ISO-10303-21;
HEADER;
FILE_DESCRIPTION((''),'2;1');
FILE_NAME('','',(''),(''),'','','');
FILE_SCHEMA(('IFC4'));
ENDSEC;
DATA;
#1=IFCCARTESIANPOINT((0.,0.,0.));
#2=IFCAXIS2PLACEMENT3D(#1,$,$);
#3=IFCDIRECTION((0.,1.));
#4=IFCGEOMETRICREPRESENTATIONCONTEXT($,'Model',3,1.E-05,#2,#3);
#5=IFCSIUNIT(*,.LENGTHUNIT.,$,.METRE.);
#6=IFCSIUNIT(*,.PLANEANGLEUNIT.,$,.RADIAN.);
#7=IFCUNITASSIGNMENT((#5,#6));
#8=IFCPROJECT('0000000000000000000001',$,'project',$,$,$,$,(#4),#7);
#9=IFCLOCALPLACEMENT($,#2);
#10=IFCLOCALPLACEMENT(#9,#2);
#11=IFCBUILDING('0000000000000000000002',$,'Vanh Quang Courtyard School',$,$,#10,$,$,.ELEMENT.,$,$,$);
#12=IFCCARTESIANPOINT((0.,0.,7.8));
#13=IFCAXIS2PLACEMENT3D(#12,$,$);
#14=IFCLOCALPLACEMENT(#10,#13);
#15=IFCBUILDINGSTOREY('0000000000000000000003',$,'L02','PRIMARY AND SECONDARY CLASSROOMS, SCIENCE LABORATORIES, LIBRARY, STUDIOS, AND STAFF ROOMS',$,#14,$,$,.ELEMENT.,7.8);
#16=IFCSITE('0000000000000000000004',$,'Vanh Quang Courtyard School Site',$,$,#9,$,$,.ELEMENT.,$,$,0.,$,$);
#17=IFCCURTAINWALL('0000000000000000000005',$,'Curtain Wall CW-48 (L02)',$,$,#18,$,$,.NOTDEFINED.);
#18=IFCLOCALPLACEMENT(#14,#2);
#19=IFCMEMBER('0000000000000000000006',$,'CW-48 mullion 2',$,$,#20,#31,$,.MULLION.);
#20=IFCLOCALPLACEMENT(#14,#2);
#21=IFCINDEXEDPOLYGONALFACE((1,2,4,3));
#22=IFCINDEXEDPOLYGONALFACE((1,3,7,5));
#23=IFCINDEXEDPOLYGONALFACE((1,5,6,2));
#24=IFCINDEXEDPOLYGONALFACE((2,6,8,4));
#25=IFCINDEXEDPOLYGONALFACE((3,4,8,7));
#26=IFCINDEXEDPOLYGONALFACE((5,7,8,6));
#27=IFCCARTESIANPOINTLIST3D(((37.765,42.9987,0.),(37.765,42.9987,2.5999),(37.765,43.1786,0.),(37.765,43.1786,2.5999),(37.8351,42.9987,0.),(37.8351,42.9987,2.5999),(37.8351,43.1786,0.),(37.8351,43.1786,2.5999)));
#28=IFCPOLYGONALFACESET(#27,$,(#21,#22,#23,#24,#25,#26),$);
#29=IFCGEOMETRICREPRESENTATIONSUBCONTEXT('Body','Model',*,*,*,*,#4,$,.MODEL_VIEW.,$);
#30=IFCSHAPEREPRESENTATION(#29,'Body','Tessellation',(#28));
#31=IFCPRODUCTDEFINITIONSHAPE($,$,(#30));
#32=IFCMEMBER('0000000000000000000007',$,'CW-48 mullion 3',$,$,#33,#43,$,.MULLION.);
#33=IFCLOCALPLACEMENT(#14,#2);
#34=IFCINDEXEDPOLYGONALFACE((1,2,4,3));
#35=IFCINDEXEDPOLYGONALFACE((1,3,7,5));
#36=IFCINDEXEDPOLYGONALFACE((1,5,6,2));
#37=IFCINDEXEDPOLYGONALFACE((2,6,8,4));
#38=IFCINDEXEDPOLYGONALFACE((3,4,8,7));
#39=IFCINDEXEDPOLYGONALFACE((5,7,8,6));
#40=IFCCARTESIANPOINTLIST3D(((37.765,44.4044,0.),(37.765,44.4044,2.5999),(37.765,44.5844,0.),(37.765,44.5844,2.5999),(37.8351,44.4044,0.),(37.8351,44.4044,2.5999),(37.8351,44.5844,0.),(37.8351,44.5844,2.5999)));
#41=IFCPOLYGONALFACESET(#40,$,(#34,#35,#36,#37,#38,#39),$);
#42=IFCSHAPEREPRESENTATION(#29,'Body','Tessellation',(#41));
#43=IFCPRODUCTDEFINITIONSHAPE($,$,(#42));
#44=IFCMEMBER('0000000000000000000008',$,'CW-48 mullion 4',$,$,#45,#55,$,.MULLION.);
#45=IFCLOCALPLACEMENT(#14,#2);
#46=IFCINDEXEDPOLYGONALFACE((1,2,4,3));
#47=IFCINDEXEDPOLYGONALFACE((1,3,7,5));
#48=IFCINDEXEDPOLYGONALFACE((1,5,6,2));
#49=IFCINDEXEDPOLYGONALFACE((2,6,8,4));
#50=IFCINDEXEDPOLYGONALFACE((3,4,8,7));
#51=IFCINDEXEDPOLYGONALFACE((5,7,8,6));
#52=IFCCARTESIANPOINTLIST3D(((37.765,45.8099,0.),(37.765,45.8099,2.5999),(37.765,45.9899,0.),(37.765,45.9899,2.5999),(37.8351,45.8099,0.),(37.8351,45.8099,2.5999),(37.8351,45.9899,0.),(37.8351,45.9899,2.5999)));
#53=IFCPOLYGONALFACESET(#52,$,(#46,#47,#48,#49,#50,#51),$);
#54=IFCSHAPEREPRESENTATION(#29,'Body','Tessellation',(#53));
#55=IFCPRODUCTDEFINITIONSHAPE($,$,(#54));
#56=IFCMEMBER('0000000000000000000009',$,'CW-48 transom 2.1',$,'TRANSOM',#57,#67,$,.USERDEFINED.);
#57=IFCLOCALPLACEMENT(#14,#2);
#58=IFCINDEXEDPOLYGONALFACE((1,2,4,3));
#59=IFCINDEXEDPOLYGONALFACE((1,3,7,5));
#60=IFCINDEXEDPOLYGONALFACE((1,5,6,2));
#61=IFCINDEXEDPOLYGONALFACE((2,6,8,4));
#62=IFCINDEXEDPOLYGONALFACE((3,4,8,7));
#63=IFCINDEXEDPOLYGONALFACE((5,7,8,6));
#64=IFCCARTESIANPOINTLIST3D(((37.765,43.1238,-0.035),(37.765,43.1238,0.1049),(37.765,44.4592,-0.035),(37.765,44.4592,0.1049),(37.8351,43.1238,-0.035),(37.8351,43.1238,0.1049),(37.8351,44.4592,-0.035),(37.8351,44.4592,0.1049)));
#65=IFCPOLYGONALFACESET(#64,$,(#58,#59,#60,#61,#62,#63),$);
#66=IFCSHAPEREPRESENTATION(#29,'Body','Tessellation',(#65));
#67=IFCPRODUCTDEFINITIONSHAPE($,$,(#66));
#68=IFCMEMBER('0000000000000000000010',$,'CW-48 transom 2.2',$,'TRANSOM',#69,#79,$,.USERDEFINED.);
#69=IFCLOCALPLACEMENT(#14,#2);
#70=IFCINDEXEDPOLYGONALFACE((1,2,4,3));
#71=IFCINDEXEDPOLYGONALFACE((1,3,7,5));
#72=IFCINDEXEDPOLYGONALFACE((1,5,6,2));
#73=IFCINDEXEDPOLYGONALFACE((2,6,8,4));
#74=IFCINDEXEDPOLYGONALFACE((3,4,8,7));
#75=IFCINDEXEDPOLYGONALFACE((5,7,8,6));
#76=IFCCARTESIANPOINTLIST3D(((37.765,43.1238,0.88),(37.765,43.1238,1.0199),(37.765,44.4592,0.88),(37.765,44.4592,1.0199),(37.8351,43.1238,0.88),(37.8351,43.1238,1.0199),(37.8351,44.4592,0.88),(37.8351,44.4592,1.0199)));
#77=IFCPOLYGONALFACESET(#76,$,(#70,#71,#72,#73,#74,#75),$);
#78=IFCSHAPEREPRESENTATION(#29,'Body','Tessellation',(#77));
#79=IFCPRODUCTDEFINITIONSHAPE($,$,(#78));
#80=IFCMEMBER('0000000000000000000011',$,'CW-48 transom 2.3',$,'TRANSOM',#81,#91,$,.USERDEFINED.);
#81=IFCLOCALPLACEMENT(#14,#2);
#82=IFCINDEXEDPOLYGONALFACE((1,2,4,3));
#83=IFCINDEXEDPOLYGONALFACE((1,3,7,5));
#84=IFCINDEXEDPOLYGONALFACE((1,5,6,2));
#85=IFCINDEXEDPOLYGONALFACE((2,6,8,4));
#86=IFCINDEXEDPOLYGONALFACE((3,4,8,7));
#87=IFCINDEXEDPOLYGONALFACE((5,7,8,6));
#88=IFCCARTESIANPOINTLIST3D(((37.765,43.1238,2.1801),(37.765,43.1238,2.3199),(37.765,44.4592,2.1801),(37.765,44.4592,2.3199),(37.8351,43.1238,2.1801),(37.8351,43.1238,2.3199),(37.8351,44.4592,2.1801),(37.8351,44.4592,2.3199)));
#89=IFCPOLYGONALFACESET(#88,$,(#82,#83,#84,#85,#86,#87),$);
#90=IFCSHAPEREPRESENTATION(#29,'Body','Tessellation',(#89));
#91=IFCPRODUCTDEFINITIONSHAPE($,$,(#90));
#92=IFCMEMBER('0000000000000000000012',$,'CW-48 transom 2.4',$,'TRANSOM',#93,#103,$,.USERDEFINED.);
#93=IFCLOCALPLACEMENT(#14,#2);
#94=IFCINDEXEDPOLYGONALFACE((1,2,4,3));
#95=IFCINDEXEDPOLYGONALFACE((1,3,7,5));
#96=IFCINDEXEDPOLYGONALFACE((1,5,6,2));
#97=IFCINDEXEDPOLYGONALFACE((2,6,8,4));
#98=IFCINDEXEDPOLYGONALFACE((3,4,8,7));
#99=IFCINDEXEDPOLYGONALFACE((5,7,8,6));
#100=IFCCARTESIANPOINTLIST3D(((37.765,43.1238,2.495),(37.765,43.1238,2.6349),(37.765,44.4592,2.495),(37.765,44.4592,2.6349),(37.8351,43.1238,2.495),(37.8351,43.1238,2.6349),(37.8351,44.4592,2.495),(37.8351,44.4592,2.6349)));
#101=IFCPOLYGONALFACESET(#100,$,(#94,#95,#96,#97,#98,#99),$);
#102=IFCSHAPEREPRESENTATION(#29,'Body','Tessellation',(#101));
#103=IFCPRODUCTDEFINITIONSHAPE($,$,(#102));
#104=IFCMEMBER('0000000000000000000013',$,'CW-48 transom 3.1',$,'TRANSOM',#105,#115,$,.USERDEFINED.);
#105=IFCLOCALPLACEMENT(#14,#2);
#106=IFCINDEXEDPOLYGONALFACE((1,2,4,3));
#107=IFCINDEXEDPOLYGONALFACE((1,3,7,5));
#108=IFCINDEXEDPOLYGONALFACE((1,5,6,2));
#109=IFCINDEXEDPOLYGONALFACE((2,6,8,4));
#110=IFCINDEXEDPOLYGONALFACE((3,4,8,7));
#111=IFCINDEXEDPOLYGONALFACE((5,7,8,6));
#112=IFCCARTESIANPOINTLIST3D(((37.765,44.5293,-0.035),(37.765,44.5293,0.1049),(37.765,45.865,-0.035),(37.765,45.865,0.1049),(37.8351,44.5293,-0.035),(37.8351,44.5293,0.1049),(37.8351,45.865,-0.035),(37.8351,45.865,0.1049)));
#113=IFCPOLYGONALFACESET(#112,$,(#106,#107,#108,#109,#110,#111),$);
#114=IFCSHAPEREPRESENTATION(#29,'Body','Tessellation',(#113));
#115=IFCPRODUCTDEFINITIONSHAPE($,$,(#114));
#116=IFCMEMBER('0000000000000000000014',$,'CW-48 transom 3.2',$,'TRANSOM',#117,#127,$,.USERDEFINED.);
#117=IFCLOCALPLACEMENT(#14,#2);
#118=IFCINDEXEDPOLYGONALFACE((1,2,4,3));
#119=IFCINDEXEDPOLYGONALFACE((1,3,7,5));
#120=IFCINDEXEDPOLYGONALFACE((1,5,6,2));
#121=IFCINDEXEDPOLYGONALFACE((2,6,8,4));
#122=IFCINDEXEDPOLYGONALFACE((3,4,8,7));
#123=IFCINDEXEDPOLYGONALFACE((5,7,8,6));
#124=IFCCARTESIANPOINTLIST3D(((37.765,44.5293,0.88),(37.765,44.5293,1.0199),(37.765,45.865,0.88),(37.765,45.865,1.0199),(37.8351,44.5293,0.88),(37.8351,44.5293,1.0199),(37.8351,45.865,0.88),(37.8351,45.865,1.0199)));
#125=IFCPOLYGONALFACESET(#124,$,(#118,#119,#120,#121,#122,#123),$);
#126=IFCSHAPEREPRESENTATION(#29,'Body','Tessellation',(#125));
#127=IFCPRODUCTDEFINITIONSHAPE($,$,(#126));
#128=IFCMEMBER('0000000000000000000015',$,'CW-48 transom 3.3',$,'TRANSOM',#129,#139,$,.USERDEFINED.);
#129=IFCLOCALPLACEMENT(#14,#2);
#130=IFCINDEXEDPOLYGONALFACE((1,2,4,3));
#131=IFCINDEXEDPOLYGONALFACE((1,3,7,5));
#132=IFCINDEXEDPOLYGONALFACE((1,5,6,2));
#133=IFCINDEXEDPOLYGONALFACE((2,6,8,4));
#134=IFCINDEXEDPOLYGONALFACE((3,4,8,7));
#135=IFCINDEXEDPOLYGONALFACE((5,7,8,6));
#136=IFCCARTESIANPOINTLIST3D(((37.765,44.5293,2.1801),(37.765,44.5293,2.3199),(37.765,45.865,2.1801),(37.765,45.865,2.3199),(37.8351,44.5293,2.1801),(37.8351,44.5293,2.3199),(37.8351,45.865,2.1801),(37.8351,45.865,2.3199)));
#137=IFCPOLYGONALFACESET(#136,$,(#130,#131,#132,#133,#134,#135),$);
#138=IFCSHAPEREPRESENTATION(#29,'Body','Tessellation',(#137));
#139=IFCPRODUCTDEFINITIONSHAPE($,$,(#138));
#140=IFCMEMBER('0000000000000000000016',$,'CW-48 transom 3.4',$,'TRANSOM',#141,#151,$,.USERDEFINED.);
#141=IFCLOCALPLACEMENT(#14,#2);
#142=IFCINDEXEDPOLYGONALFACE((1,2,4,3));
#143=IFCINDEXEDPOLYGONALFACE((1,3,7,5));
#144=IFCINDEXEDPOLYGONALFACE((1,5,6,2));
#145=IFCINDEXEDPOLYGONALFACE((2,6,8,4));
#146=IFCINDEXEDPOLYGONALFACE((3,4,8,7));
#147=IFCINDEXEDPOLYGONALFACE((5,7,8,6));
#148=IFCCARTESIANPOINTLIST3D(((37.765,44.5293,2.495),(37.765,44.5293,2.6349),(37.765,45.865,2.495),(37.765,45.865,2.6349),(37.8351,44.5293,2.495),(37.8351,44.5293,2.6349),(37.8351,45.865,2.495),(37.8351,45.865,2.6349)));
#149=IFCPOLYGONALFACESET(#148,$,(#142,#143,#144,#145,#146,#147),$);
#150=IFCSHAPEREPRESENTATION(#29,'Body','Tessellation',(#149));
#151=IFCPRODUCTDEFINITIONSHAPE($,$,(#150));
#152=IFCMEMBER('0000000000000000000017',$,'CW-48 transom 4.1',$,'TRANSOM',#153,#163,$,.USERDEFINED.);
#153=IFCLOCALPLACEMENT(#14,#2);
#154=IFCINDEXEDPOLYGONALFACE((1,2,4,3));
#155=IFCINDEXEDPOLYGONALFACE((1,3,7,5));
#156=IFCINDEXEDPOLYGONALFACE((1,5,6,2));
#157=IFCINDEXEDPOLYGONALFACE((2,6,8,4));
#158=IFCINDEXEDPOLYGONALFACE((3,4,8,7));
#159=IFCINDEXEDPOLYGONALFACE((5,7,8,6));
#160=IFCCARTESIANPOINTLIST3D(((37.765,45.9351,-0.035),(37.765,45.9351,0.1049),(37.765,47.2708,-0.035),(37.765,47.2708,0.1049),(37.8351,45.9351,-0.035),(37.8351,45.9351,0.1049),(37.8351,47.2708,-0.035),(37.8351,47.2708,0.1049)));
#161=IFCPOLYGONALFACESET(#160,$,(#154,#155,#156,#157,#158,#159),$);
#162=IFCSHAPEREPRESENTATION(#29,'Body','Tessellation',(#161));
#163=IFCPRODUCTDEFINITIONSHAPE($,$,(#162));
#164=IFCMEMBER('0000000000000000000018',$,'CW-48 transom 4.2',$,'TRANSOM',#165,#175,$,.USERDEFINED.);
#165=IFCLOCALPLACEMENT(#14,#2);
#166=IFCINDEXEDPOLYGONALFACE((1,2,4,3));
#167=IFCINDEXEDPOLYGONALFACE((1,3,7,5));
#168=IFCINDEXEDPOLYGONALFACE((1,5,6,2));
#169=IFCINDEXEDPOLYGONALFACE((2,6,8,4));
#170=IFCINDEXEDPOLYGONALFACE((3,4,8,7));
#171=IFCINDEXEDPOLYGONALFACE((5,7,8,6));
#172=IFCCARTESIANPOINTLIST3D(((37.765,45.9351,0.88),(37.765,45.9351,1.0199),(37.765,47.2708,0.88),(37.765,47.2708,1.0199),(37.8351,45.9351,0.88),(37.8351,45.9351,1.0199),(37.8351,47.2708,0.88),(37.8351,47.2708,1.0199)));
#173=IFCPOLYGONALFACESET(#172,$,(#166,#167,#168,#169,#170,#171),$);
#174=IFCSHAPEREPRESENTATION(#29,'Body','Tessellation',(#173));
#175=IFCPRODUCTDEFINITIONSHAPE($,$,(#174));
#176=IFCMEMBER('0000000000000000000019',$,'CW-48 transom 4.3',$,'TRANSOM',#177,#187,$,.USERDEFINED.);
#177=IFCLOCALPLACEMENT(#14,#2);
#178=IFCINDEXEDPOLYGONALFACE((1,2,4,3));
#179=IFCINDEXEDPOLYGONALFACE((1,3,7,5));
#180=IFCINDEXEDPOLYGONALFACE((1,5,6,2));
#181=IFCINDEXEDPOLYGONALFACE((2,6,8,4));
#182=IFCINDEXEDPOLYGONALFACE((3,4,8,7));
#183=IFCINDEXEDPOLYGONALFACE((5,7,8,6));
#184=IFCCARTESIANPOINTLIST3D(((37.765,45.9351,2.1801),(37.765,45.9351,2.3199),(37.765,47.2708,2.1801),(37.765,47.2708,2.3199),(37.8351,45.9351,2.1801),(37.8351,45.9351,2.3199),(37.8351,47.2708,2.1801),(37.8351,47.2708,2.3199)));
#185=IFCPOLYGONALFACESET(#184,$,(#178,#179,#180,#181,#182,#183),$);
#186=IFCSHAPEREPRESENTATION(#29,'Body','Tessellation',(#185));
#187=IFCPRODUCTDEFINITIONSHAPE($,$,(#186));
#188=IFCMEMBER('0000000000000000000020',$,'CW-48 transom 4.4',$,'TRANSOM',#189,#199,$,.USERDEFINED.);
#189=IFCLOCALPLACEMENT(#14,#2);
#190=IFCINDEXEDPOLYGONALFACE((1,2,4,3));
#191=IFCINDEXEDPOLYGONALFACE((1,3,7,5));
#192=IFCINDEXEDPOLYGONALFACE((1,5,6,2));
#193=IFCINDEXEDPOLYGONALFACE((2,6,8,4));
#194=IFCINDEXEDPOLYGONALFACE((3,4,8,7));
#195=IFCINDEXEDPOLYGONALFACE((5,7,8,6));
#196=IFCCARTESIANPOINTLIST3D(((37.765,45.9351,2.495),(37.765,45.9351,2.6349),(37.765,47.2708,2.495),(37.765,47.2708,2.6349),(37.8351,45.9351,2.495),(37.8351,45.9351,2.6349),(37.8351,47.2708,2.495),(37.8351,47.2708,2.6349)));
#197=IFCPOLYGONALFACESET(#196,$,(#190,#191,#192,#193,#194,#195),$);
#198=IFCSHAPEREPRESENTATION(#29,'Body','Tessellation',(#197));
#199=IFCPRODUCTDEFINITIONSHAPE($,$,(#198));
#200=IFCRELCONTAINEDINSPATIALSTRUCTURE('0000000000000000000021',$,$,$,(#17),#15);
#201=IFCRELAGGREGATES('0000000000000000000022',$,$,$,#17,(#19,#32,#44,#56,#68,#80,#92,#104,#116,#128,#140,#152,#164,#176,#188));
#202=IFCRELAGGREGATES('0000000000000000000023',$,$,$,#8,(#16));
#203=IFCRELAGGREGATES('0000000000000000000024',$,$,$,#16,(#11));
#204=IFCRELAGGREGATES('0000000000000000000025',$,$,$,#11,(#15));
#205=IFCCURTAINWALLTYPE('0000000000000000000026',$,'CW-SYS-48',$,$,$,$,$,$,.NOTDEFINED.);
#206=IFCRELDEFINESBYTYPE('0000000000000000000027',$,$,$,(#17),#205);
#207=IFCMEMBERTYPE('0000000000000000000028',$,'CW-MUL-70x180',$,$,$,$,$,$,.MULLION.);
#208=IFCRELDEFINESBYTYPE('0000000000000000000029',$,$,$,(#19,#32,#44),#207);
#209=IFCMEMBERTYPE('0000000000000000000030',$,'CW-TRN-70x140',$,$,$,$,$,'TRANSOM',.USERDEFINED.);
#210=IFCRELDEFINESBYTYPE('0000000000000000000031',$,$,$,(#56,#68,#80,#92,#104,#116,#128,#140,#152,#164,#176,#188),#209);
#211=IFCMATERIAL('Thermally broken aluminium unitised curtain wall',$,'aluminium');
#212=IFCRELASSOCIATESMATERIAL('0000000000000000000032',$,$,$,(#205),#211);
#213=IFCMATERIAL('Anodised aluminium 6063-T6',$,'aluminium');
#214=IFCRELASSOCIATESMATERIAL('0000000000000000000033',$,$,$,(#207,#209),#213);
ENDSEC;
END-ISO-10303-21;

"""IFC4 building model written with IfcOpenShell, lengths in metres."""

from ifc_helpers import new_model, si_unit, direction, frame, origin, origin_2d, place, context, subcontext, project, spatial, rectangle, extrude, material, material_profile, profile_set, type_object, element, aggregate, save


model = new_model("IFC4")

# Units and contexts
model_context = context("Model", 3, precision=1e-05, world=origin(), true_north=direction((0.0, 1.0)))
body_context = subcontext(model_context, "Body", "Model", "MODEL_VIEW")
ifc_project = project(units=[si_unit("LENGTHUNIT", "METRE"), si_unit("PLANEANGLEUNIT", "RADIAN")], contexts=[model_context])

# Site, building, storey
site_placement = place(None, origin())
site = spatial("IfcSite", under=ifc_project, at=site_placement, Name="Vanh Quang Courtyard School Site", CompositionType="ELEMENT", RefElevation=0.0)
building_placement = place(site_placement, origin())
building = spatial("IfcBuilding", under=site, at=building_placement, Name="Vanh Quang Courtyard School", CompositionType="ELEMENT")
storey_placement = place(building_placement, frame((0.0, 0.0, 7.8)))
storey = spatial("IfcBuildingStorey", under=building, at=storey_placement, Name="L02", Description="PRIMARY AND SECONDARY CLASSROOMS, SCIENCE LABORATORIES, LIBRARY, STUDIOS, AND STAFF ROOMS", CompositionType="ELEMENT", Elevation=7.8)

# Curtain wall, members
ifc_material_1 = material(Name="Thermally broken aluminium unitised curtain wall", Category="aluminium")
curtain_wall_type = type_object("IfcCurtainWallType", Name="CW-SYS-48", PredefinedType="NOTDEFINED", material=ifc_material_1)
curtain_wall_placement = place(storey_placement, origin())
curtain_wall = element("IfcCurtainWall", 1, at=curtain_wall_placement, inside=storey, type_object=curtain_wall_type, Name="Curtain Wall CW-48 (L02)", PredefinedType="NOTDEFINED")
ifc_material_2 = material(Name="Anodised aluminium 6063-T6", Category="aluminium")
ifc_material_profile_1 = material_profile(ifc_material_2, rectangle(XDim=0.0701, YDim=0.1799, at=origin_2d()), Name="ALU-MUL 70x180")
ifc_profile_set_1 = profile_set([ifc_material_profile_1], Name="Anodised aluminium 6063-T6")
member_type_1 = type_object("IfcMemberType", Name="CW-MUL-70x180", PredefinedType="MULLION", material=ifc_profile_set_1)
member_1_placement = place(storey_placement, frame((37.8, 43.0886, 0.0), z_axis=(0.0, 0.0, 1.0), x_axis=(-1.0, 0.0, 0.0)))
member_1 = element("IfcMember", 2, at=member_1_placement, type_object=member_type_1, Name="CW-48 mullion 2", PredefinedType="MULLION", context=body_context, shape_type="SweptSolid", body=[
    extrude(rectangle(XDim=0.0701, YDim=0.1799, at=origin_2d()), origin(), (0.0, 0.0, 1.0), 2.5999),
])
member_2_placement = place(storey_placement, frame((37.8, 44.4944, 0.0), z_axis=(0.0, 0.0, 1.0), x_axis=(-1.0, 0.0, 0.0)))
member_2 = element("IfcMember", 3, at=member_2_placement, type_object=member_type_1, Name="CW-48 mullion 3", PredefinedType="MULLION", context=body_context, shape_type="SweptSolid", body=[
    extrude(rectangle(XDim=0.0701, YDim=0.1799, at=origin_2d()), origin(), (0.0, 0.0, 1.0), 2.5999),
])
member_3_placement = place(storey_placement, frame((37.8, 45.8999, 0.0), z_axis=(0.0, 0.0, 1.0), x_axis=(-1.0, 0.0, 0.0)))
member_3 = element("IfcMember", 4, at=member_3_placement, type_object=member_type_1, Name="CW-48 mullion 4", PredefinedType="MULLION", context=body_context, shape_type="SweptSolid", body=[
    extrude(rectangle(XDim=0.0701, YDim=0.1799, at=origin_2d()), origin(), (0.0, 0.0, 1.0), 2.5999),
])
ifc_material_profile_2 = material_profile(ifc_material_2, rectangle(XDim=0.0701, YDim=0.1399, at=origin_2d()), Name="ALU-TRN 70x140")
ifc_profile_set_2 = profile_set([ifc_material_profile_2], Name="Anodised aluminium 6063-T6")
member_type_2 = type_object("IfcMemberType", Name="CW-TRN-70x140", ElementType="TRANSOM", PredefinedType="USERDEFINED", material=ifc_profile_set_2)
member_4_placement = place(storey_placement, frame((37.8, 43.1238, 0.0349), z_axis=(0.0, 1.0, 0.0), x_axis=(-1.0, 0.0, 0.0)))
member_4 = element("IfcMember", 5, at=member_4_placement, type_object=member_type_2, Name="CW-48 transom 2.1", ObjectType="TRANSOM", PredefinedType="USERDEFINED", context=body_context, shape_type="SweptSolid", body=[
    extrude(rectangle(XDim=0.0701, YDim=0.1399, at=origin_2d()), origin(), (0.0, 0.0, 1.0), 1.3354),
])
member_5_placement = place(storey_placement, frame((37.8, 43.1238, 0.95), z_axis=(0.0, 1.0, 0.0), x_axis=(-1.0, 0.0, 0.0)))
member_5 = element("IfcMember", 6, at=member_5_placement, type_object=member_type_2, Name="CW-48 transom 2.2", ObjectType="TRANSOM", PredefinedType="USERDEFINED", context=body_context, shape_type="SweptSolid", body=[
    extrude(rectangle(XDim=0.0701, YDim=0.1399, at=origin_2d()), origin(), (0.0, 0.0, 1.0), 1.3354),
])
member_6_placement = place(storey_placement, frame((37.8, 43.1238, 2.25), z_axis=(0.0, 1.0, 0.0), x_axis=(-1.0, 0.0, 0.0)))
member_6 = element("IfcMember", 7, at=member_6_placement, type_object=member_type_2, Name="CW-48 transom 2.3", ObjectType="TRANSOM", PredefinedType="USERDEFINED", context=body_context, shape_type="SweptSolid", body=[
    extrude(rectangle(XDim=0.0701, YDim=0.1399, at=origin_2d()), origin(), (0.0, 0.0, 1.0), 1.3354),
])
member_7_placement = place(storey_placement, frame((37.8, 43.1238, 2.5649), z_axis=(0.0, 1.0, 0.0), x_axis=(-1.0, 0.0, 0.0)))
member_7 = element("IfcMember", 8, at=member_7_placement, type_object=member_type_2, Name="CW-48 transom 2.4", ObjectType="TRANSOM", PredefinedType="USERDEFINED", context=body_context, shape_type="SweptSolid", body=[
    extrude(rectangle(XDim=0.0701, YDim=0.1399, at=origin_2d()), origin(), (0.0, 0.0, 1.0), 1.3354),
])
member_8_placement = place(storey_placement, frame((37.8, 44.5293, 0.0349), z_axis=(0.0, 1.0, 0.0), x_axis=(-1.0, 0.0, 0.0)))
member_8 = element("IfcMember", 9, at=member_8_placement, type_object=member_type_2, Name="CW-48 transom 3.1", ObjectType="TRANSOM", PredefinedType="USERDEFINED", context=body_context, shape_type="SweptSolid", body=[
    extrude(rectangle(XDim=0.0701, YDim=0.1399, at=origin_2d()), origin(), (0.0, 0.0, 1.0), 1.3357),
])
member_9_placement = place(storey_placement, frame((37.8, 44.5293, 0.95), z_axis=(0.0, 1.0, 0.0), x_axis=(-1.0, 0.0, 0.0)))
member_9 = element("IfcMember", 10, at=member_9_placement, type_object=member_type_2, Name="CW-48 transom 3.2", ObjectType="TRANSOM", PredefinedType="USERDEFINED", context=body_context, shape_type="SweptSolid", body=[
    extrude(rectangle(XDim=0.0701, YDim=0.1399, at=origin_2d()), origin(), (0.0, 0.0, 1.0), 1.3357),
])
member_10_placement = place(storey_placement, frame((37.8, 44.5293, 2.25), z_axis=(0.0, 1.0, 0.0), x_axis=(-1.0, 0.0, 0.0)))
member_10 = element("IfcMember", 11, at=member_10_placement, type_object=member_type_2, Name="CW-48 transom 3.3", ObjectType="TRANSOM", PredefinedType="USERDEFINED", context=body_context, shape_type="SweptSolid", body=[
    extrude(rectangle(XDim=0.0701, YDim=0.1399, at=origin_2d()), origin(), (0.0, 0.0, 1.0), 1.3357),
])
member_11_placement = place(storey_placement, frame((37.8, 44.5293, 2.5649), z_axis=(0.0, 1.0, 0.0), x_axis=(-1.0, 0.0, 0.0)))
member_11 = element("IfcMember", 12, at=member_11_placement, type_object=member_type_2, Name="CW-48 transom 3.4", ObjectType="TRANSOM", PredefinedType="USERDEFINED", context=body_context, shape_type="SweptSolid", body=[
    extrude(rectangle(XDim=0.0701, YDim=0.1399, at=origin_2d()), origin(), (0.0, 0.0, 1.0), 1.3357),
])
member_12_placement = place(storey_placement, frame((37.8, 45.9351, 0.0349), z_axis=(0.0, 1.0, 0.0), x_axis=(-1.0, 0.0, 0.0)))
member_12 = element("IfcMember", 13, at=member_12_placement, type_object=member_type_2, Name="CW-48 transom 4.1", ObjectType="TRANSOM", PredefinedType="USERDEFINED", context=body_context, shape_type="SweptSolid", body=[
    extrude(rectangle(XDim=0.0701, YDim=0.1399, at=origin_2d()), origin(), (0.0, 0.0, 1.0), 1.3357),
])
member_13_placement = place(storey_placement, frame((37.8, 45.9351, 0.95), z_axis=(0.0, 1.0, 0.0), x_axis=(-1.0, 0.0, 0.0)))
member_13 = element("IfcMember", 14, at=member_13_placement, type_object=member_type_2, Name="CW-48 transom 4.2", ObjectType="TRANSOM", PredefinedType="USERDEFINED", context=body_context, shape_type="SweptSolid", body=[
    extrude(rectangle(XDim=0.0701, YDim=0.1399, at=origin_2d()), origin(), (0.0, 0.0, 1.0), 1.3357),
])
member_14_placement = place(storey_placement, frame((37.8, 45.9351, 2.25), z_axis=(0.0, 1.0, 0.0), x_axis=(-1.0, 0.0, 0.0)))
member_14 = element("IfcMember", 15, at=member_14_placement, type_object=member_type_2, Name="CW-48 transom 4.3", ObjectType="TRANSOM", PredefinedType="USERDEFINED", context=body_context, shape_type="SweptSolid", body=[
    extrude(rectangle(XDim=0.0701, YDim=0.1399, at=origin_2d()), origin(), (0.0, 0.0, 1.0), 1.3357),
])
member_15_placement = place(storey_placement, frame((37.8, 45.9351, 2.5649), z_axis=(0.0, 1.0, 0.0), x_axis=(-1.0, 0.0, 0.0)))
member_15 = element("IfcMember", 16, at=member_15_placement, type_object=member_type_2, Name="CW-48 transom 4.4", ObjectType="TRANSOM", PredefinedType="USERDEFINED", context=body_context, shape_type="SweptSolid", body=[
    extrude(rectangle(XDim=0.0701, YDim=0.1399, at=origin_2d()), origin(), (0.0, 0.0, 1.0), 1.3357),
])
aggregate(curtain_wall, [member_1, member_2, member_3, member_4, member_5, member_6, member_7, member_8, member_9, member_10, member_11, member_12, member_13, member_14, member_15])

save(model, "model.ifc")
